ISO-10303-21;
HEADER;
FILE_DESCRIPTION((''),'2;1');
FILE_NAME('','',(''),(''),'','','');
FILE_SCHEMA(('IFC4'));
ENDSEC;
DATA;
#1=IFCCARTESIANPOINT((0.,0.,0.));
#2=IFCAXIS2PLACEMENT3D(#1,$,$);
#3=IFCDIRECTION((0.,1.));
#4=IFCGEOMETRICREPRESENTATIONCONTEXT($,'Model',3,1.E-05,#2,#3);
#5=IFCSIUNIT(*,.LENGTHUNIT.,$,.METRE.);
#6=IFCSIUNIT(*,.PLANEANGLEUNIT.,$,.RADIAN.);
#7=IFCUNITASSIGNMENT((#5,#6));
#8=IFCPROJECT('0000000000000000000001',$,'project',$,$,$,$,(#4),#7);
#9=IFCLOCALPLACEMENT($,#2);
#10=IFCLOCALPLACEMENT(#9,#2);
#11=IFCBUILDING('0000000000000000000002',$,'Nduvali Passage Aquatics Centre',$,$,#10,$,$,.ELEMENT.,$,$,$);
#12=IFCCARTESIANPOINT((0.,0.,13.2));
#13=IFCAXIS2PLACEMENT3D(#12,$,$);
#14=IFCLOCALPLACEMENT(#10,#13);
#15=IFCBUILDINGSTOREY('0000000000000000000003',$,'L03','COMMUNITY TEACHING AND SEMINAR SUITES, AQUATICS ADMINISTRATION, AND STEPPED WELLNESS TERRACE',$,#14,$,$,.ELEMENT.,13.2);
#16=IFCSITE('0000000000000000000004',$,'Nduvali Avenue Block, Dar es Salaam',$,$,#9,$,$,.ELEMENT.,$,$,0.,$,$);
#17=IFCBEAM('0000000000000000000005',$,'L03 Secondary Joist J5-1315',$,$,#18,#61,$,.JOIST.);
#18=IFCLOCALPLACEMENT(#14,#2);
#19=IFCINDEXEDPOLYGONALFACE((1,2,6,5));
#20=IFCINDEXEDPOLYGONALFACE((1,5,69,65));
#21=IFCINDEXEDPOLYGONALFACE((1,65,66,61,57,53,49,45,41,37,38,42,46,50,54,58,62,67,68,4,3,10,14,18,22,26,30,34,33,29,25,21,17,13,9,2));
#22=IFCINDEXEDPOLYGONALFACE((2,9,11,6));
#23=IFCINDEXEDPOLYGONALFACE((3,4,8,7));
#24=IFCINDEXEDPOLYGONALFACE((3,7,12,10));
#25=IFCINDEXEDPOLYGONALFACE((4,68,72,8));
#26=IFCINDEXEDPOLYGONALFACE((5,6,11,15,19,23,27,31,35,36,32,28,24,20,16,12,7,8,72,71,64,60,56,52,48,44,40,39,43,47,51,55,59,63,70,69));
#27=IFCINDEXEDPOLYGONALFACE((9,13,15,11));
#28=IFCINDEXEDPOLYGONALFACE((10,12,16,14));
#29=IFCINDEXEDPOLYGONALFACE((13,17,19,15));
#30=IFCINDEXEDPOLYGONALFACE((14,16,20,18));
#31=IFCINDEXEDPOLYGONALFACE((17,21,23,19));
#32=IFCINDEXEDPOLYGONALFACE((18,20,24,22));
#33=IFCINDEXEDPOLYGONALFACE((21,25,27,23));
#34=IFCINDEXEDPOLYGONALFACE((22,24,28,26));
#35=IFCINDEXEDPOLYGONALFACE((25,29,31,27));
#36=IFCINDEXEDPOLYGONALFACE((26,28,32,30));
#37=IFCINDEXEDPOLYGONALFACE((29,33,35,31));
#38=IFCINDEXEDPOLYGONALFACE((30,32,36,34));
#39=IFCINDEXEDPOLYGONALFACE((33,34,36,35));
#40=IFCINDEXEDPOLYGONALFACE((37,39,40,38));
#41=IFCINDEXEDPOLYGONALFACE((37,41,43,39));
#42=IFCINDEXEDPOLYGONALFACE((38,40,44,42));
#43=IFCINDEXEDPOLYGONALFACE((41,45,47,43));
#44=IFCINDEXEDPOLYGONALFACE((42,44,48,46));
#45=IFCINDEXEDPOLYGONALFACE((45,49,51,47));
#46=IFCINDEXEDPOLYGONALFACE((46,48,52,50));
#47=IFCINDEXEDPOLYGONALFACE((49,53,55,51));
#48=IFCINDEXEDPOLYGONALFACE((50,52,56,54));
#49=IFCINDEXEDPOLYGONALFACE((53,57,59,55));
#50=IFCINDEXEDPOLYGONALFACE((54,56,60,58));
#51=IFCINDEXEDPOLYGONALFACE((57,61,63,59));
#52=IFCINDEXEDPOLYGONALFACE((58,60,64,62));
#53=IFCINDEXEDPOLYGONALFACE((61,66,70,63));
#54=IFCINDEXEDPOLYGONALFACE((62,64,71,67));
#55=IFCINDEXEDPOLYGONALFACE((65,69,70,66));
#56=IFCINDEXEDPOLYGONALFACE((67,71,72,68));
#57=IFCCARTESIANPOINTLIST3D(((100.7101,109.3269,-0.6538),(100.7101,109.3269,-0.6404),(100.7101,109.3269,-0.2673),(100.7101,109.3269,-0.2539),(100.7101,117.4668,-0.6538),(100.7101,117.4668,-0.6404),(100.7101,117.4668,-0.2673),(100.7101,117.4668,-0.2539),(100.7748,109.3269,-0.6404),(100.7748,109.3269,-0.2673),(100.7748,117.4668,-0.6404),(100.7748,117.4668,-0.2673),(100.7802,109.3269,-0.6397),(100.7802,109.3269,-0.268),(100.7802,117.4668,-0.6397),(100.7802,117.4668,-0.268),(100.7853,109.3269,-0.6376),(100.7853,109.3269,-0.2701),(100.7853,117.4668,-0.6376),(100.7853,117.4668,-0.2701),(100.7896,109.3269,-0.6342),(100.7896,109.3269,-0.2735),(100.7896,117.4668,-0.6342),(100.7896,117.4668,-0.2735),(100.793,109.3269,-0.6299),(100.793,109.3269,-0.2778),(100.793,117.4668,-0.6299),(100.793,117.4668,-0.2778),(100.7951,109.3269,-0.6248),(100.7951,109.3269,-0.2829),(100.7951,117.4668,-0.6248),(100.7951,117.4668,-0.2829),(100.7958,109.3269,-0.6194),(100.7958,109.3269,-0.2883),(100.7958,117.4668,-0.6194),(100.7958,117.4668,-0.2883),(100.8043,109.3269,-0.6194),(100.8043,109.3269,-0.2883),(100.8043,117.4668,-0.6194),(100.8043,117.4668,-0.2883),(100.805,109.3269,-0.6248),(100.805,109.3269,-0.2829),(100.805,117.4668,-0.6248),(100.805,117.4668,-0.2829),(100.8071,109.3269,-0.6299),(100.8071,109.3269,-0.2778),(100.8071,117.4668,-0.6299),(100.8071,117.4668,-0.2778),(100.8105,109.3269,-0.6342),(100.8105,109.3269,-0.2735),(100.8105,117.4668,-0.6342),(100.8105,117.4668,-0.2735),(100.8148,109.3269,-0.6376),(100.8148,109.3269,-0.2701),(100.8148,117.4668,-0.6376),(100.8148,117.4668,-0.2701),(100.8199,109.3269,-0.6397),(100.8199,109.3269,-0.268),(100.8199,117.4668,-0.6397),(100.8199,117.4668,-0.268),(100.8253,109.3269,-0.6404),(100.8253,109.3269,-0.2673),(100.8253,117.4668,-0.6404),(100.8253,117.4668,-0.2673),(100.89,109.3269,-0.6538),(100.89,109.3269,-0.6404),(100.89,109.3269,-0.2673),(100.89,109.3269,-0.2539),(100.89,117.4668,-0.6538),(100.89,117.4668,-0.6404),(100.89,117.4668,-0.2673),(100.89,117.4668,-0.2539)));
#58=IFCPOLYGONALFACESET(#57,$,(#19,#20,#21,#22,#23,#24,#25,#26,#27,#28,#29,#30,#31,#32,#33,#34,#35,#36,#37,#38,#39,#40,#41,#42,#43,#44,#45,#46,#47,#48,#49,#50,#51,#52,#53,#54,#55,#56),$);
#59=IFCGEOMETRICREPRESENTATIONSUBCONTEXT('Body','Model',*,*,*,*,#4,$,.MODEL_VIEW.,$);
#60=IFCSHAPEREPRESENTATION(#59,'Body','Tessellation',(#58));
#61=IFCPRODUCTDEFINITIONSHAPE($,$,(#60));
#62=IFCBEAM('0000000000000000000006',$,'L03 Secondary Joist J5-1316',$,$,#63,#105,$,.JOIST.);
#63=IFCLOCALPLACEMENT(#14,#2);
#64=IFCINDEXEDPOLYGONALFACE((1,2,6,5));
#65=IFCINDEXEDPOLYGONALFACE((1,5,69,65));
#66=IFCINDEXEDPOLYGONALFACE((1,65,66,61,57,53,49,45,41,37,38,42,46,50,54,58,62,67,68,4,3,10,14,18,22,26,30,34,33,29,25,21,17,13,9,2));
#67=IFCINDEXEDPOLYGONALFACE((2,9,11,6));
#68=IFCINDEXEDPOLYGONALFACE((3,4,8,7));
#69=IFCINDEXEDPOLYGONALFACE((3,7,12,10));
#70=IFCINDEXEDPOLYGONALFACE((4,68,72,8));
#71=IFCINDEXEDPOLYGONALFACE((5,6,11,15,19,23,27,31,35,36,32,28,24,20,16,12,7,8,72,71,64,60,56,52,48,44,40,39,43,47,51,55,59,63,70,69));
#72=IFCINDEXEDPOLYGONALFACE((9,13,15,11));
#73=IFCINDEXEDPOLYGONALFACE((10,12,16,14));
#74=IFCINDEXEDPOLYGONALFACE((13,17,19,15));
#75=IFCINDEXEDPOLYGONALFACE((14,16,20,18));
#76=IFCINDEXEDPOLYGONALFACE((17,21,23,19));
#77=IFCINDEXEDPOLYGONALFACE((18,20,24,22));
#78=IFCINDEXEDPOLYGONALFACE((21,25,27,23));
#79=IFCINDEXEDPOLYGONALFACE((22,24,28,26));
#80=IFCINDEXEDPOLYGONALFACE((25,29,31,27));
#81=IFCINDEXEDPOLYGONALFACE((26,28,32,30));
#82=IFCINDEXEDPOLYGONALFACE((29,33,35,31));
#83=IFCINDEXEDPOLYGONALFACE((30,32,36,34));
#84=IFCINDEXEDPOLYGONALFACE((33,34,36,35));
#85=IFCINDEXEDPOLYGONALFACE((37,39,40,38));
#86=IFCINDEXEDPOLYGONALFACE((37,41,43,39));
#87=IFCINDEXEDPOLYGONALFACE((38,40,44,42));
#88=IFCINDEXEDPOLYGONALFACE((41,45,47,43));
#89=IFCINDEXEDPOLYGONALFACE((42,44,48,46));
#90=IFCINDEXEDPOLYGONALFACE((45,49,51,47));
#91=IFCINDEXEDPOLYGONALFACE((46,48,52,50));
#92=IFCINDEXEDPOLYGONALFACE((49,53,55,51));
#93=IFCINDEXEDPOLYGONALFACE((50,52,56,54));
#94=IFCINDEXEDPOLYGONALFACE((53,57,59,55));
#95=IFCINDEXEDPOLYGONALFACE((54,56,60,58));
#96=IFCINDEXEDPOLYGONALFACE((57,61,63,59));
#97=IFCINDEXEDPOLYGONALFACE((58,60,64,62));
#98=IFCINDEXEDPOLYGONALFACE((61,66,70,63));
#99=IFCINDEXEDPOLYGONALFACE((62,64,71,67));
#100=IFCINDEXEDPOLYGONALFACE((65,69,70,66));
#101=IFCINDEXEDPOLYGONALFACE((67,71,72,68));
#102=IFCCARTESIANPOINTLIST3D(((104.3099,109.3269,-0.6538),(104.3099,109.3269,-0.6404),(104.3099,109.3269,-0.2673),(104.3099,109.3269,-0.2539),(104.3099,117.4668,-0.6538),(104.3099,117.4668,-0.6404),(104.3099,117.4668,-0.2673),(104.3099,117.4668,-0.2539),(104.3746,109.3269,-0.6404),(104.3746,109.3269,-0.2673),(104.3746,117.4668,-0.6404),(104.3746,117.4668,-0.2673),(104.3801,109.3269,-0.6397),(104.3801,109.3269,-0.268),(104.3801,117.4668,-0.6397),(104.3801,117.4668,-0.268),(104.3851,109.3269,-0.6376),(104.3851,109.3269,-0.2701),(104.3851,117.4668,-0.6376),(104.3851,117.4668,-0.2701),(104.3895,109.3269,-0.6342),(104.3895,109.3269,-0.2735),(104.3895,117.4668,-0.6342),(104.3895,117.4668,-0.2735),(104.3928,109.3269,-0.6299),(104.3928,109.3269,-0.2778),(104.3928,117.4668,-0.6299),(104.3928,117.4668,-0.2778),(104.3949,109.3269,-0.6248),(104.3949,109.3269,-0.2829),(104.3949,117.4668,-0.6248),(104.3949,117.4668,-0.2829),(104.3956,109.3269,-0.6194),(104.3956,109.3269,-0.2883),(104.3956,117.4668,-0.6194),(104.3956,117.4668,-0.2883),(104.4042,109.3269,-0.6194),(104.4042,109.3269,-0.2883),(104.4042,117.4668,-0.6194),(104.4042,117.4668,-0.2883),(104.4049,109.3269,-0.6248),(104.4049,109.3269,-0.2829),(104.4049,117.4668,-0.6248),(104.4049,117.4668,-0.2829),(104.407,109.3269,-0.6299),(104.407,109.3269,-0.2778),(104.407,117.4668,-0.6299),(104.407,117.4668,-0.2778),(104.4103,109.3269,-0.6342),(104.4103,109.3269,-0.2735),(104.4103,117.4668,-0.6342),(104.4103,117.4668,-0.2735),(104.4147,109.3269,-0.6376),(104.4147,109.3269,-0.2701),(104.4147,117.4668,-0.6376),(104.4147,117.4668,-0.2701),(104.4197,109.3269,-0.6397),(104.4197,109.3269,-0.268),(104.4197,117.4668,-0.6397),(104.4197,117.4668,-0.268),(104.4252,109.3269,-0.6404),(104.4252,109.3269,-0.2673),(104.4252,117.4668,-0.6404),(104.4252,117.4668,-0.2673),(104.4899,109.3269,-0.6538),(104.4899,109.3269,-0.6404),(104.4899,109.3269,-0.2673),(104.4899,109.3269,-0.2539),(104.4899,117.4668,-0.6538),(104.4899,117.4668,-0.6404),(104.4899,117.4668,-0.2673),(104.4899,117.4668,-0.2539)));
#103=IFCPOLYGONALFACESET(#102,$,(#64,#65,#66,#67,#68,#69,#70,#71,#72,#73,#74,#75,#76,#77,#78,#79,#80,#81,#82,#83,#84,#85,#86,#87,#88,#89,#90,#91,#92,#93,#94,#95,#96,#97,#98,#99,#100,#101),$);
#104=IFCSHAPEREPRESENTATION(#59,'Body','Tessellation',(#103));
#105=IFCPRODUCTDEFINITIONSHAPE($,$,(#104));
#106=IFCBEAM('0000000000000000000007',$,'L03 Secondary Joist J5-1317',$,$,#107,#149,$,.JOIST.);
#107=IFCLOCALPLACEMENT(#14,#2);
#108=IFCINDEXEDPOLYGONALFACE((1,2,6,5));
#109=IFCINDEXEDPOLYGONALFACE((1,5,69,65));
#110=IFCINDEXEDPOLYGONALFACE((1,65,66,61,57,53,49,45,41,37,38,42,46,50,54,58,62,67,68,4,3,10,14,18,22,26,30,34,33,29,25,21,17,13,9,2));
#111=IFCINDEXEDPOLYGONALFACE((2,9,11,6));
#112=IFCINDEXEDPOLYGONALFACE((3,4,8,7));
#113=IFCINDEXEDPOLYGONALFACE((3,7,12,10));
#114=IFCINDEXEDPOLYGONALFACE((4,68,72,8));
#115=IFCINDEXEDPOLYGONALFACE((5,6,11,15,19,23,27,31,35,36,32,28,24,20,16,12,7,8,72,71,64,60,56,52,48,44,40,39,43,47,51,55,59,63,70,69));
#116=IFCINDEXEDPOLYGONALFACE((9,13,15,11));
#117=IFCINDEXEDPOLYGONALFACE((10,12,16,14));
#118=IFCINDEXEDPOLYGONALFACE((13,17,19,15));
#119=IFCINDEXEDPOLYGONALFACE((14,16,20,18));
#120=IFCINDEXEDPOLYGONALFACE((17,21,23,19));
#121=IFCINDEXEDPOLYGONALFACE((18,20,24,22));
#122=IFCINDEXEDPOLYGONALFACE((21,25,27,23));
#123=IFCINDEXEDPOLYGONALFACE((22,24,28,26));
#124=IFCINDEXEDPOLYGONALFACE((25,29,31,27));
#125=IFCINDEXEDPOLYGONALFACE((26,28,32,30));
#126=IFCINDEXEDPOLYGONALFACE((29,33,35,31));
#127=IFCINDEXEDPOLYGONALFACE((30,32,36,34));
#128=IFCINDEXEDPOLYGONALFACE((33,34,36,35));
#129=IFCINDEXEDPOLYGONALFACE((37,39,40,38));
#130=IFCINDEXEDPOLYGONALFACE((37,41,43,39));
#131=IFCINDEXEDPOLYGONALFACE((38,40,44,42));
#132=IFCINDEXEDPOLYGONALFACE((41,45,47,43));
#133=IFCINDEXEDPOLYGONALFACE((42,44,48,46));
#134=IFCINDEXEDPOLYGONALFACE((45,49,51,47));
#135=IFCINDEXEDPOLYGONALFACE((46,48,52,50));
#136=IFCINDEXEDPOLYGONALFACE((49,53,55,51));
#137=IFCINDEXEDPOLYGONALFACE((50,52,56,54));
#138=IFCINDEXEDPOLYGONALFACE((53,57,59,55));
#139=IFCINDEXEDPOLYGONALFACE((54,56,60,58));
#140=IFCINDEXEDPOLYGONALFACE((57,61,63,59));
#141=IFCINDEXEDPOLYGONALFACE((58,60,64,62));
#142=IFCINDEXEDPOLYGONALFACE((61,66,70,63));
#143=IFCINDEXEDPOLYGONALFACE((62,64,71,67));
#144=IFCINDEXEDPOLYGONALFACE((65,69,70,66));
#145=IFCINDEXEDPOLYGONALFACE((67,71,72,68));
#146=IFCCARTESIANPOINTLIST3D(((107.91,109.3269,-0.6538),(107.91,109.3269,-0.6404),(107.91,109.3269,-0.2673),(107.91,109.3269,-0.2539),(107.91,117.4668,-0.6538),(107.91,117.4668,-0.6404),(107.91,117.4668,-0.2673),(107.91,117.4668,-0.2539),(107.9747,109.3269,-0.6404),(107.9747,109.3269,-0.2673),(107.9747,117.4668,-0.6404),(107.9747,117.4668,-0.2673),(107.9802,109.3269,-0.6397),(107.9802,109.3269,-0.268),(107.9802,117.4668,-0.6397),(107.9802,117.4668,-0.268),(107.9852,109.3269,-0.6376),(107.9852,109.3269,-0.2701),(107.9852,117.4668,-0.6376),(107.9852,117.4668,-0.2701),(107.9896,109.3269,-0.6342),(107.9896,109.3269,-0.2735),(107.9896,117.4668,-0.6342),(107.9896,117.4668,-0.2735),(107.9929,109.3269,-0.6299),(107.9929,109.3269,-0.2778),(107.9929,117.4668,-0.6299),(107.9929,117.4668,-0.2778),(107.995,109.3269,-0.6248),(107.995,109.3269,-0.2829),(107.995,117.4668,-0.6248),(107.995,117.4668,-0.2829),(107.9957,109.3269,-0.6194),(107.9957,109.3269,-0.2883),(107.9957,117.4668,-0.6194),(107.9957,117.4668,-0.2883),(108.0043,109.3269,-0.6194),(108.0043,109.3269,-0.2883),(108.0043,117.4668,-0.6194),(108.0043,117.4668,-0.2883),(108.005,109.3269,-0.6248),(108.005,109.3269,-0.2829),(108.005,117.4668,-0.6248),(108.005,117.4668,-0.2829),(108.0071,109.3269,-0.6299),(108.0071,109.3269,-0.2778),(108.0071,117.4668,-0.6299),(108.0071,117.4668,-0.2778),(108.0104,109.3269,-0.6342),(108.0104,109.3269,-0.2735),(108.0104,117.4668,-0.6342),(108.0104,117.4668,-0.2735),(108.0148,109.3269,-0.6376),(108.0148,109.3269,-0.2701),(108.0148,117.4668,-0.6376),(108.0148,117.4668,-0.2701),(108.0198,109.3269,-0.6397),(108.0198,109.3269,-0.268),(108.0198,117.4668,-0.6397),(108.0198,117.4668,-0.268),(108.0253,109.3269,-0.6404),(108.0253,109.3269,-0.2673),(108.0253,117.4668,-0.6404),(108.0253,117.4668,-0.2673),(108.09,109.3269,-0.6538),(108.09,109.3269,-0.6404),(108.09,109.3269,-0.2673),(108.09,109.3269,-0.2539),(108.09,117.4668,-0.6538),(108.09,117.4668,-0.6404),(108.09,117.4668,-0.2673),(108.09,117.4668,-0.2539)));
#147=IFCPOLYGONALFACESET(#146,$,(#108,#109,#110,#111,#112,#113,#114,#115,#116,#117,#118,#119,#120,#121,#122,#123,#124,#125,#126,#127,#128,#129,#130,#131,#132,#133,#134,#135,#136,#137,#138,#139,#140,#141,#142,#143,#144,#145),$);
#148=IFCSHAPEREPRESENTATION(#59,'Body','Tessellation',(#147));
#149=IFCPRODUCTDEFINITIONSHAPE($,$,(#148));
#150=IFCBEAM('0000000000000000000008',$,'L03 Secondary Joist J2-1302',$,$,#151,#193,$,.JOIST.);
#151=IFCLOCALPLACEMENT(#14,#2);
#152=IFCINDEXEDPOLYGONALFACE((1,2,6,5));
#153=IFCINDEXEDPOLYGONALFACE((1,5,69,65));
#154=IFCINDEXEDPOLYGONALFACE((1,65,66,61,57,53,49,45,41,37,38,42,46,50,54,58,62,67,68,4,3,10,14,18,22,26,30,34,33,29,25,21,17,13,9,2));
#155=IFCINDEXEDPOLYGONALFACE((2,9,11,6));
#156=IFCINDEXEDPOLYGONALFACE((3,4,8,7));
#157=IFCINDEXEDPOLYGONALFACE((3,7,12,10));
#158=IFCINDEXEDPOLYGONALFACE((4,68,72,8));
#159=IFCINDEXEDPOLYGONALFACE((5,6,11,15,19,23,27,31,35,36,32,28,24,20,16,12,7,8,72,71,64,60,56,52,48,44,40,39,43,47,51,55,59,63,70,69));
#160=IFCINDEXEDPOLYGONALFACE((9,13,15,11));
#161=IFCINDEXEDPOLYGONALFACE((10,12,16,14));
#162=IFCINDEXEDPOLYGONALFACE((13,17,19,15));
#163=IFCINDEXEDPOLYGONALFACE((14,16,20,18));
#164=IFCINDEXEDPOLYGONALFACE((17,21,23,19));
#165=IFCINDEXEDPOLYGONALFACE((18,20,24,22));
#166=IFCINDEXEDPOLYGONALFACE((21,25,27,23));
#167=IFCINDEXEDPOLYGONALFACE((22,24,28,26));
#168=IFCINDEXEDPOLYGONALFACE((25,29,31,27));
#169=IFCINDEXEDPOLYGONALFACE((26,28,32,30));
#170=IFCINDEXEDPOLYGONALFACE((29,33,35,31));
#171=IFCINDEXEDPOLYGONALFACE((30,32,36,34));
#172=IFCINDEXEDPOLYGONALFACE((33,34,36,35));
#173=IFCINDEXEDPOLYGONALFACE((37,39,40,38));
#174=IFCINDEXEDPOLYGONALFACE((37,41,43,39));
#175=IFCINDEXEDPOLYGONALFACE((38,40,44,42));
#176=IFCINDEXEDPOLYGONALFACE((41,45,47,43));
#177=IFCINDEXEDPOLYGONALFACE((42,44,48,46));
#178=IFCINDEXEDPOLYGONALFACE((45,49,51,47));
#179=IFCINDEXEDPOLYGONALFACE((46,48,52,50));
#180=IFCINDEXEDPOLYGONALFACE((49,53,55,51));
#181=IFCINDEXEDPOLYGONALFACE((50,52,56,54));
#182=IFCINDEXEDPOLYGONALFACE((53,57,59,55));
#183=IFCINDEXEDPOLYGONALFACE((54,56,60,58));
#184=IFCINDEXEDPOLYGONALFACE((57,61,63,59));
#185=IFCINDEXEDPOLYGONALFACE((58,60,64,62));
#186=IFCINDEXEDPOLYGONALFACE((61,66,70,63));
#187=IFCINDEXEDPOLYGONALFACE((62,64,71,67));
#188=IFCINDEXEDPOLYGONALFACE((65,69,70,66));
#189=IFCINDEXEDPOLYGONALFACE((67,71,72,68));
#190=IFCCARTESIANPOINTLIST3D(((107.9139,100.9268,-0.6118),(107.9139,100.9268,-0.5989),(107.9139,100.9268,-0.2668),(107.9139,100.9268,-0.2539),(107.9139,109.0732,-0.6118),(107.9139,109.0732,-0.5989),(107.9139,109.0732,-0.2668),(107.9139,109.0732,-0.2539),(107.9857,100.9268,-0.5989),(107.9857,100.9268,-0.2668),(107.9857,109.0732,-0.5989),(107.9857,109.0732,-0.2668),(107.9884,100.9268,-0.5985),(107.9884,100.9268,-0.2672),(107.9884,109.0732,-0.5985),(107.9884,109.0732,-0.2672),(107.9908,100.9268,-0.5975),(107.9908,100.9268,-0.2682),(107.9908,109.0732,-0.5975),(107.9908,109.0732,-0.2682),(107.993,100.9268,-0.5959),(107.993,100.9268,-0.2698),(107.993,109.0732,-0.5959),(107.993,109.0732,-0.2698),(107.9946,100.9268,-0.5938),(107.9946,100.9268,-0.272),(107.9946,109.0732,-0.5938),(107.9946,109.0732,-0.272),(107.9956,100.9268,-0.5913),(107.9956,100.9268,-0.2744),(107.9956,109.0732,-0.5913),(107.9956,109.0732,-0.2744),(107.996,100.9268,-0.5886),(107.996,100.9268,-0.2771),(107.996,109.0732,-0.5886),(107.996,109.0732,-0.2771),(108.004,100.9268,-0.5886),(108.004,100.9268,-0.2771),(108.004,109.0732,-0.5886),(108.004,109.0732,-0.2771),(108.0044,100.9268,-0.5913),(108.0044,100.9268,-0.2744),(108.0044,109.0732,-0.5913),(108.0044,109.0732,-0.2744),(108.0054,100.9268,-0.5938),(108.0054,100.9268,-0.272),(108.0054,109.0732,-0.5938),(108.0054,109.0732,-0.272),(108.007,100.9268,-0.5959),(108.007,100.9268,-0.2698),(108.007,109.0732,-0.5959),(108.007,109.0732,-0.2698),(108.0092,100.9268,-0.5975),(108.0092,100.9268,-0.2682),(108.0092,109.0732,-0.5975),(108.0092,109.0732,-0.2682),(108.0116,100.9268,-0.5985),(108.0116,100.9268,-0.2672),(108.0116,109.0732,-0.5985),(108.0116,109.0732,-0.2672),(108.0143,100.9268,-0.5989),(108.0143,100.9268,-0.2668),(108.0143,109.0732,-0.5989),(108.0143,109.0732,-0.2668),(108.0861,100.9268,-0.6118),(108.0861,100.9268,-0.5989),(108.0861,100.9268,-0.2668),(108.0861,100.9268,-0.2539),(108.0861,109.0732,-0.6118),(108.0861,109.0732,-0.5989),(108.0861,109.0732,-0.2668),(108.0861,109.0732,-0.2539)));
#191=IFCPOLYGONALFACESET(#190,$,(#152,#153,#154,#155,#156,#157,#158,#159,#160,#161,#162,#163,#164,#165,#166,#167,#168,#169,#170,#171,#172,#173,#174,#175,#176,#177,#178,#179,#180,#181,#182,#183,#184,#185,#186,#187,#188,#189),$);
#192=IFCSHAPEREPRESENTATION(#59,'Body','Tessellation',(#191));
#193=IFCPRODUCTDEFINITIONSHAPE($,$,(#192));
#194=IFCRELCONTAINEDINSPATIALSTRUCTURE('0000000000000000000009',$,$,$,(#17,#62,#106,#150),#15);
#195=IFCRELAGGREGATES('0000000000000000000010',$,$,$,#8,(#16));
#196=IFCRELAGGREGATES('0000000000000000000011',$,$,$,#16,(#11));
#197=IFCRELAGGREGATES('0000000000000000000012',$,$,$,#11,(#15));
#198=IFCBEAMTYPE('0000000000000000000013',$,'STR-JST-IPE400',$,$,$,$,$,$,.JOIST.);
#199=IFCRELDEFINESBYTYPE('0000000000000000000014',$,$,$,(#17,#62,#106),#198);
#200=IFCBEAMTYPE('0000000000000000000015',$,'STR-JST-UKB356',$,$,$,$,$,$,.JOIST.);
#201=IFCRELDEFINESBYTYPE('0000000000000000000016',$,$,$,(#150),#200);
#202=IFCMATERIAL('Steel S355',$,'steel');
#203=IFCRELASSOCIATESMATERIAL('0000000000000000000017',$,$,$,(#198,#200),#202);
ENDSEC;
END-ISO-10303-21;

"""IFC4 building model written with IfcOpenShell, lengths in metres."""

from ifc_helpers import new_model, si_unit, direction, frame, origin, origin_2d, place, context, subcontext, project, spatial, i_section, extrude, material, material_profile, profile_set, type_object, element, save


model = new_model("IFC4")

# Units and contexts
model_context = context("Model", 3, precision=1e-05, world=origin(), true_north=direction((0.0, 1.0)))
body_context = subcontext(model_context, "Body", "Model", "MODEL_VIEW")
ifc_project = project(units=[si_unit("LENGTHUNIT", "METRE"), si_unit("PLANEANGLEUNIT", "RADIAN")], contexts=[model_context])

# Site, building, storey
site_placement = place(None, origin())
site = spatial("IfcSite", under=ifc_project, at=site_placement, Name="Nduvali Avenue Block, Dar es Salaam", CompositionType="ELEMENT", RefElevation=0.0)
building_placement = place(site_placement, origin())
building = spatial("IfcBuilding", under=site, at=building_placement, Name="Nduvali Passage Aquatics Centre", CompositionType="ELEMENT")
storey_placement = place(building_placement, frame((0.0, 0.0, 13.2)))
storey = spatial("IfcBuildingStorey", under=building, at=storey_placement, Name="L03", Description="COMMUNITY TEACHING AND SEMINAR SUITES, AQUATICS ADMINISTRATION, AND STEPPED WELLNESS TERRACE", CompositionType="ELEMENT", Elevation=13.2)

# Shared definitions
ifc_material_1 = material(Name="Steel S355", Category="steel")

# Beams
ifc_material_profile_1 = material_profile(ifc_material_1, i_section(OverallWidth=0.1799, OverallDepth=0.3999, WebThickness=0.0085, FlangeThickness=0.0134, FilletRadius=0.021, at=origin_2d()), Name="IPE 400")
ifc_profile_set_1 = profile_set([ifc_material_profile_1], Name="Steel S355")
beam_type_1 = type_object("IfcBeamType", Name="STR-JST-IPE400", PredefinedType="JOIST", material=ifc_profile_set_1)
for number, where, z_axis, x_axis, name in (
    (1, (100.8, 109.3269, -0.4539), (0.0, 1.0, 0.0), (-1.0, 0.0, 0.0), "L03 Secondary Joist J5-1315"),
    (2, (104.3999, 109.3269, -0.4539), (0.0, 1.0, 0.0), (-1.0, 0.0, 0.0), "L03 Secondary Joist J5-1316"),
    (3, (108.0, 109.3269, -0.4539), (0.0, 1.0, 0.0), (-1.0, 0.0, 0.0), "L03 Secondary Joist J5-1317"),
):
    element("IfcBeam", number, at=place(storey_placement, frame(where, z_axis=z_axis, x_axis=x_axis)), inside=storey, type_object=beam_type_1, Name=name, PredefinedType="JOIST", context=body_context, shape_type="SweptSolid", body=[
        extrude(i_section(OverallWidth=0.1799, OverallDepth=0.3999, WebThickness=0.0085, FlangeThickness=0.0134, FilletRadius=0.021, at=origin_2d()), origin(), (0.0, 0.0, 1.0), 8.1399),
    ])
ifc_material_profile_2 = material_profile(ifc_material_1, i_section(OverallWidth=0.1721, OverallDepth=0.3579, WebThickness=0.0081, FlangeThickness=0.0129, FilletRadius=0.0103, at=origin_2d()), Name="UKB 356x171x57")
ifc_profile_set_2 = profile_set([ifc_material_profile_2], Name="Steel S355")
beam_type_2 = type_object("IfcBeamType", Name="STR-JST-UKB356", PredefinedType="JOIST", material=ifc_profile_set_2)
beam_1_placement = place(storey_placement, frame((108.0, 100.9268, -0.4329), z_axis=(0.0, 1.0, 0.0), x_axis=(-1.0, 0.0, 0.0)))
element("IfcBeam", 4, at=beam_1_placement, inside=storey, type_object=beam_type_2, Name="L03 Secondary Joist J2-1302", PredefinedType="JOIST", context=body_context, shape_type="SweptSolid", body=[
    extrude(i_section(OverallWidth=0.1721, OverallDepth=0.3579, WebThickness=0.0081, FlangeThickness=0.0129, FilletRadius=0.0103, at=origin_2d()), origin(), (0.0, 0.0, 1.0), 8.1465),
])

save(model, "model.ifc")
